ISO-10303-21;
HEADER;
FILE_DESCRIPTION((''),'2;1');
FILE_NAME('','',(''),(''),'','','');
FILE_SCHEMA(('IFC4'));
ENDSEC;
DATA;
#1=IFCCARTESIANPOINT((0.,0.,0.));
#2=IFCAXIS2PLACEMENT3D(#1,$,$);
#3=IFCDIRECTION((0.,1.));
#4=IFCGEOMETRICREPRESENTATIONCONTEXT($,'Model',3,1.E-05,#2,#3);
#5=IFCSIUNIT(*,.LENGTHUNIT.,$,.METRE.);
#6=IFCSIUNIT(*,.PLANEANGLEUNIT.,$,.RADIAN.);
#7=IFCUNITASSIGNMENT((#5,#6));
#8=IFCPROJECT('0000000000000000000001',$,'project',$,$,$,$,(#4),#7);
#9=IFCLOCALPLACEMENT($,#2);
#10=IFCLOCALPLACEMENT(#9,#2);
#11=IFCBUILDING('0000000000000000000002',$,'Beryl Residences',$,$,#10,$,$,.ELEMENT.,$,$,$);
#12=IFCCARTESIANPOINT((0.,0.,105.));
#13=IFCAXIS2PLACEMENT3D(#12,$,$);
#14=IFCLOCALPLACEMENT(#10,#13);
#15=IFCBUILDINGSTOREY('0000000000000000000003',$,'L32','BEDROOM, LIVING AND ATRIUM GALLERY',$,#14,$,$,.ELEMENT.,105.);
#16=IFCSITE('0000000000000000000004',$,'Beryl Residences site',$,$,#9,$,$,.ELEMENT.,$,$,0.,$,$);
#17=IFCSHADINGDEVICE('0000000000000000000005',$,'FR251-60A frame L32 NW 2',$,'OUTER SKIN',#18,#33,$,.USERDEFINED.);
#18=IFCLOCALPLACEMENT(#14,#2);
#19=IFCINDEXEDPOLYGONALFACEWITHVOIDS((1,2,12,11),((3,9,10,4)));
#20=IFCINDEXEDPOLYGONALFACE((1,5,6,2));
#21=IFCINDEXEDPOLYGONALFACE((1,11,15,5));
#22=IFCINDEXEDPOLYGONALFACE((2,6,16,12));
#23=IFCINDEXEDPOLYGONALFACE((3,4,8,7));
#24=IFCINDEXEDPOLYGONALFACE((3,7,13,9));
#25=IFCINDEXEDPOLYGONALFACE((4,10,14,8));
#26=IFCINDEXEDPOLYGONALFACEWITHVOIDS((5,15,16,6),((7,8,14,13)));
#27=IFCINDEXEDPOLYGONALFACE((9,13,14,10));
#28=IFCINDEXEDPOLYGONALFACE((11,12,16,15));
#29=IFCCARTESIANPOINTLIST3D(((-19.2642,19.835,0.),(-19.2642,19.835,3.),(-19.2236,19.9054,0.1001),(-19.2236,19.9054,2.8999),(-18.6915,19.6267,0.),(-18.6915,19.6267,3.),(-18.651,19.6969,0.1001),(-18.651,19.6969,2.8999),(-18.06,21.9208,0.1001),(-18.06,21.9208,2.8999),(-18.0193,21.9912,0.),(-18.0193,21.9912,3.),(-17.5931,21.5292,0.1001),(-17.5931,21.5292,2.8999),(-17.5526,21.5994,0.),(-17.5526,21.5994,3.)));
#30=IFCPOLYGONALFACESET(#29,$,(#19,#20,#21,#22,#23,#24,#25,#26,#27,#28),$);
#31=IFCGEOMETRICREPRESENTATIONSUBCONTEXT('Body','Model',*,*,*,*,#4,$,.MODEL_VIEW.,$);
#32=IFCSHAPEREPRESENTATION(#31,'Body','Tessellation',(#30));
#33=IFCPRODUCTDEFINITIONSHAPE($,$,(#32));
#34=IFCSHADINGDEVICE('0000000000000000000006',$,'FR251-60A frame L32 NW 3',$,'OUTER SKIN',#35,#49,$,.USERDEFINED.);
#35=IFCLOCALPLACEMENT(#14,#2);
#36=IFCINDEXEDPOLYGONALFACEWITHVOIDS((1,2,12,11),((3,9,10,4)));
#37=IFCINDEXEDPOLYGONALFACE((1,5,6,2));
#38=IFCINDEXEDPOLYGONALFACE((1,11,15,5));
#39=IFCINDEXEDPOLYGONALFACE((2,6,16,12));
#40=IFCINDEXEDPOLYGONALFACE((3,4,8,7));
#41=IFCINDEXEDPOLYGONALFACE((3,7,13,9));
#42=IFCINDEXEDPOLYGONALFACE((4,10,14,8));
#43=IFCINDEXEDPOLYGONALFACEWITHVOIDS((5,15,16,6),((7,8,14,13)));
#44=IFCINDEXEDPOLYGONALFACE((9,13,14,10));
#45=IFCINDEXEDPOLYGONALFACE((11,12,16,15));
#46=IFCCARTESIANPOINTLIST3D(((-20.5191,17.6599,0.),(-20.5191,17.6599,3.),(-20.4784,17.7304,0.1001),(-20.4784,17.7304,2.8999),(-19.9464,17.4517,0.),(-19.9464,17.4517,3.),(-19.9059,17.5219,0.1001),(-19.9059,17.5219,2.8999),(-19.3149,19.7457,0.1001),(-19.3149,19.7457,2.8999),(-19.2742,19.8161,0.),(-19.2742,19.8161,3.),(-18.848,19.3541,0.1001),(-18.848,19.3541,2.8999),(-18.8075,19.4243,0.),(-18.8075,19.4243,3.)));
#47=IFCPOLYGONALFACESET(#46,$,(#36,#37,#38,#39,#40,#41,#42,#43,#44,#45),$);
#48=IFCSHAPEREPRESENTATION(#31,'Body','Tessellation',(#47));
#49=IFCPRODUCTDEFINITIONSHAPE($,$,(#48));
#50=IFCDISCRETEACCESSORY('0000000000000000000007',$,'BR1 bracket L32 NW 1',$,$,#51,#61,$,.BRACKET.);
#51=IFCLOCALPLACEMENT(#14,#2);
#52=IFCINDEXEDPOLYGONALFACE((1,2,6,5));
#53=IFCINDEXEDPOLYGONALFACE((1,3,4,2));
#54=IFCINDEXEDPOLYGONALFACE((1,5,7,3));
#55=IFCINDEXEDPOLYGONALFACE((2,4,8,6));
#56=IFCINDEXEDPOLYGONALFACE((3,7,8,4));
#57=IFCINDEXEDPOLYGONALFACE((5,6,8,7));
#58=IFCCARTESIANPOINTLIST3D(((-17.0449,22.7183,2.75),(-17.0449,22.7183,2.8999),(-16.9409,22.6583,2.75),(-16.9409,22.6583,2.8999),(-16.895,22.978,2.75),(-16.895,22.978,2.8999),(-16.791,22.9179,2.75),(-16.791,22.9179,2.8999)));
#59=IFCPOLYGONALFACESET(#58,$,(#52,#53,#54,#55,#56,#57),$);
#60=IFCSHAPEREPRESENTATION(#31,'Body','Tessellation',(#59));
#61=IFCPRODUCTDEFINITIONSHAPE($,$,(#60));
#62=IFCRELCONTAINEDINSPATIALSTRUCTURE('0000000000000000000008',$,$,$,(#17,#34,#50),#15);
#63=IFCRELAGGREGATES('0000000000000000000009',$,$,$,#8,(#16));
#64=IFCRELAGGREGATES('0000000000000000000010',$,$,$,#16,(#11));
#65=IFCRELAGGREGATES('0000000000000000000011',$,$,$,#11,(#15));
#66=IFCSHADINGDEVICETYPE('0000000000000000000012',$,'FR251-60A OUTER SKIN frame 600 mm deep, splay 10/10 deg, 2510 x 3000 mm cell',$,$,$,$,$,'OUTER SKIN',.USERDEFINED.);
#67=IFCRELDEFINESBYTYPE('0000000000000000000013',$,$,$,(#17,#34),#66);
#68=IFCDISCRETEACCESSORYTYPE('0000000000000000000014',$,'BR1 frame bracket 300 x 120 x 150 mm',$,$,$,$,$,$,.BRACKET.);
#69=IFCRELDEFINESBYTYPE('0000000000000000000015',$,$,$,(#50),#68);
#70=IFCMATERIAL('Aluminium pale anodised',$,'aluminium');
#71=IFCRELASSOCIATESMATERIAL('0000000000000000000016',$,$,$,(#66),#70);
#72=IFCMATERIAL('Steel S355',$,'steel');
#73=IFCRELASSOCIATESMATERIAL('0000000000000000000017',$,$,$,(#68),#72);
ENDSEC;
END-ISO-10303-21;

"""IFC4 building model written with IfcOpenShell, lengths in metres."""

from ifc_helpers import new_model, entity, si_unit, direction, frame, origin, place, context, subcontext, project, spatial, polyline, outline, extrude, source, transform, mapped, material, type_object, type_shapes, element, save


model = new_model("IFC4")

# Units and contexts
model_context = context("Model", 3, precision=1e-05, world=origin(), true_north=direction((0.0, 1.0)))
body_context = subcontext(model_context, "Body", "Model", "MODEL_VIEW")
ifc_project = project(units=[si_unit("LENGTHUNIT", "METRE"), si_unit("PLANEANGLEUNIT", "RADIAN")], contexts=[model_context])

# Site, building, storey
site_placement = place(None, origin())
site = spatial("IfcSite", under=ifc_project, at=site_placement, Name="Beryl Residences site", CompositionType="ELEMENT", RefElevation=0.0)
building_placement = place(site_placement, origin())
building = spatial("IfcBuilding", under=site, at=building_placement, Name="Beryl Residences", CompositionType="ELEMENT")
storey_placement = place(building_placement, frame((0.0, 0.0, 105.0)))
storey = spatial("IfcBuildingStorey", under=building, at=storey_placement, Name="L32", Description="BEDROOM, LIVING AND ATRIUM GALLERY", CompositionType="ELEMENT", Elevation=105.0)

# Shading devices
ifc_material_1 = material(Name="Aluminium pale anodised", Category="aluminium")
shading_device_type_1 = type_object("IfcShadingDeviceType", Name="FR251-60A OUTER SKIN frame 600 mm deep, splay 10/10 deg, 2510 x 3000 mm cell", ElementType="OUTER SKIN", PredefinedType="USERDEFINED", material=ifc_material_1)
cartesian_point_1 = entity("IfcCartesianPoint", [-1.1389, 0.0])
cartesian_point_2 = entity("IfcCartesianPoint", [-1.0579, 0.1001])
cartesian_point_3 = entity("IfcCartesianPoint", [-1.2449, 0.0])
cartesian_point_4 = entity("IfcCartesianPoint", [-1.1636, 0.1001])
shared_shape_1 = source(origin(), body_context, "Body", "SweptSolid", [
    entity("IfcExtrudedAreaSolidTapered", entity("IfcArbitraryProfileDefWithVoids", "AREA", None, entity("IfcPolyline", [cartesian_point_1, entity("IfcCartesianPoint", [1.1389, 0.0]), entity("IfcCartesianPoint", [1.1389, 3.0]), entity("IfcCartesianPoint", [-1.1389, 3.0]), cartesian_point_1]), [entity("IfcPolyline", [cartesian_point_2, entity("IfcCartesianPoint", [1.0579, 0.1001]), entity("IfcCartesianPoint", [1.0579, 2.8999]), entity("IfcCartesianPoint", [-1.0579, 2.8999]), cartesian_point_2])]), entity("IfcAxis2Placement3D", entity("IfcCartesianPoint", [0.0, 0.0, 0.0]), entity("IfcDirection", [0.0, 1.0, 0.0]), entity("IfcDirection", [-1.0, 0.0, 0.0])), entity("IfcDirection", [0.0, 0.0, 1.0]), 0.6001, entity("IfcArbitraryProfileDefWithVoids", "AREA", None, entity("IfcPolyline", [cartesian_point_3, entity("IfcCartesianPoint", [1.2449, 0.0]), entity("IfcCartesianPoint", [1.2449, 3.0]), entity("IfcCartesianPoint", [-1.2449, 3.0]), cartesian_point_3]), [entity("IfcPolyline", [cartesian_point_4, entity("IfcCartesianPoint", [1.1636, 0.1001]), entity("IfcCartesianPoint", [1.1636, 2.8999]), entity("IfcCartesianPoint", [-1.1636, 2.8999]), cartesian_point_4])])),
])
type_shapes(shading_device_type_1, [shared_shape_1])
for number, where, z_axis, x_axis, name in (
    (1, (-18.1221, 20.613, 0.0), (0.0, 0.0, 1.0), (0.5, 0.866025, 0.0), "FR251-60A frame L32 NW 2"),
    (2, (-19.377, 18.438, 0.0), (0.0, 0.0, 1.0), (0.5, 0.866025, 0.0), "FR251-60A frame L32 NW 3"),
):
    element("IfcShadingDevice", number, at=place(storey_placement, frame(where, z_axis=z_axis, x_axis=x_axis)), inside=storey, type_object=shading_device_type_1, Name=name, ObjectType="OUTER SKIN", PredefinedType="USERDEFINED", context=body_context, shape_type="MappedRepresentation", body=[
        mapped(shared_shape_1, transform((0.0, 0.0, 0.0))),
    ])

# Discrete accessory
ifc_material_2 = material(Name="Steel S355", Category="steel")
discrete_accessory_type = type_object("IfcDiscreteAccessoryType", Name="BR1 frame bracket 300 x 120 x 150 mm", PredefinedType="BRACKET", material=ifc_material_2)
shared_shape_2 = source(origin(), body_context, "Body", "SweptSolid", [
    extrude(outline(polyline([(-0.1499, 0.0), (0.1499, 0.0), (0.1499, 0.1201), (-0.1499, 0.1201), (-0.1499, 0.0)])), origin(), (0.0, 0.0, 1.0), 0.1499),
])
type_shapes(discrete_accessory_type, [shared_shape_2])
discrete_accessory_placement = place(storey_placement, frame((-16.866, 22.7881, 2.75), z_axis=(0.0, 0.0, 1.0), x_axis=(0.5, 0.866025, 0.0)))
element("IfcDiscreteAccessory", 3, at=discrete_accessory_placement, inside=storey, type_object=discrete_accessory_type, Name="BR1 bracket L32 NW 1", PredefinedType="BRACKET", context=body_context, shape_type="MappedRepresentation", body=[
    mapped(shared_shape_2, transform((0.0, 0.0, 0.0))),
])

save(model, "model.ifc")
